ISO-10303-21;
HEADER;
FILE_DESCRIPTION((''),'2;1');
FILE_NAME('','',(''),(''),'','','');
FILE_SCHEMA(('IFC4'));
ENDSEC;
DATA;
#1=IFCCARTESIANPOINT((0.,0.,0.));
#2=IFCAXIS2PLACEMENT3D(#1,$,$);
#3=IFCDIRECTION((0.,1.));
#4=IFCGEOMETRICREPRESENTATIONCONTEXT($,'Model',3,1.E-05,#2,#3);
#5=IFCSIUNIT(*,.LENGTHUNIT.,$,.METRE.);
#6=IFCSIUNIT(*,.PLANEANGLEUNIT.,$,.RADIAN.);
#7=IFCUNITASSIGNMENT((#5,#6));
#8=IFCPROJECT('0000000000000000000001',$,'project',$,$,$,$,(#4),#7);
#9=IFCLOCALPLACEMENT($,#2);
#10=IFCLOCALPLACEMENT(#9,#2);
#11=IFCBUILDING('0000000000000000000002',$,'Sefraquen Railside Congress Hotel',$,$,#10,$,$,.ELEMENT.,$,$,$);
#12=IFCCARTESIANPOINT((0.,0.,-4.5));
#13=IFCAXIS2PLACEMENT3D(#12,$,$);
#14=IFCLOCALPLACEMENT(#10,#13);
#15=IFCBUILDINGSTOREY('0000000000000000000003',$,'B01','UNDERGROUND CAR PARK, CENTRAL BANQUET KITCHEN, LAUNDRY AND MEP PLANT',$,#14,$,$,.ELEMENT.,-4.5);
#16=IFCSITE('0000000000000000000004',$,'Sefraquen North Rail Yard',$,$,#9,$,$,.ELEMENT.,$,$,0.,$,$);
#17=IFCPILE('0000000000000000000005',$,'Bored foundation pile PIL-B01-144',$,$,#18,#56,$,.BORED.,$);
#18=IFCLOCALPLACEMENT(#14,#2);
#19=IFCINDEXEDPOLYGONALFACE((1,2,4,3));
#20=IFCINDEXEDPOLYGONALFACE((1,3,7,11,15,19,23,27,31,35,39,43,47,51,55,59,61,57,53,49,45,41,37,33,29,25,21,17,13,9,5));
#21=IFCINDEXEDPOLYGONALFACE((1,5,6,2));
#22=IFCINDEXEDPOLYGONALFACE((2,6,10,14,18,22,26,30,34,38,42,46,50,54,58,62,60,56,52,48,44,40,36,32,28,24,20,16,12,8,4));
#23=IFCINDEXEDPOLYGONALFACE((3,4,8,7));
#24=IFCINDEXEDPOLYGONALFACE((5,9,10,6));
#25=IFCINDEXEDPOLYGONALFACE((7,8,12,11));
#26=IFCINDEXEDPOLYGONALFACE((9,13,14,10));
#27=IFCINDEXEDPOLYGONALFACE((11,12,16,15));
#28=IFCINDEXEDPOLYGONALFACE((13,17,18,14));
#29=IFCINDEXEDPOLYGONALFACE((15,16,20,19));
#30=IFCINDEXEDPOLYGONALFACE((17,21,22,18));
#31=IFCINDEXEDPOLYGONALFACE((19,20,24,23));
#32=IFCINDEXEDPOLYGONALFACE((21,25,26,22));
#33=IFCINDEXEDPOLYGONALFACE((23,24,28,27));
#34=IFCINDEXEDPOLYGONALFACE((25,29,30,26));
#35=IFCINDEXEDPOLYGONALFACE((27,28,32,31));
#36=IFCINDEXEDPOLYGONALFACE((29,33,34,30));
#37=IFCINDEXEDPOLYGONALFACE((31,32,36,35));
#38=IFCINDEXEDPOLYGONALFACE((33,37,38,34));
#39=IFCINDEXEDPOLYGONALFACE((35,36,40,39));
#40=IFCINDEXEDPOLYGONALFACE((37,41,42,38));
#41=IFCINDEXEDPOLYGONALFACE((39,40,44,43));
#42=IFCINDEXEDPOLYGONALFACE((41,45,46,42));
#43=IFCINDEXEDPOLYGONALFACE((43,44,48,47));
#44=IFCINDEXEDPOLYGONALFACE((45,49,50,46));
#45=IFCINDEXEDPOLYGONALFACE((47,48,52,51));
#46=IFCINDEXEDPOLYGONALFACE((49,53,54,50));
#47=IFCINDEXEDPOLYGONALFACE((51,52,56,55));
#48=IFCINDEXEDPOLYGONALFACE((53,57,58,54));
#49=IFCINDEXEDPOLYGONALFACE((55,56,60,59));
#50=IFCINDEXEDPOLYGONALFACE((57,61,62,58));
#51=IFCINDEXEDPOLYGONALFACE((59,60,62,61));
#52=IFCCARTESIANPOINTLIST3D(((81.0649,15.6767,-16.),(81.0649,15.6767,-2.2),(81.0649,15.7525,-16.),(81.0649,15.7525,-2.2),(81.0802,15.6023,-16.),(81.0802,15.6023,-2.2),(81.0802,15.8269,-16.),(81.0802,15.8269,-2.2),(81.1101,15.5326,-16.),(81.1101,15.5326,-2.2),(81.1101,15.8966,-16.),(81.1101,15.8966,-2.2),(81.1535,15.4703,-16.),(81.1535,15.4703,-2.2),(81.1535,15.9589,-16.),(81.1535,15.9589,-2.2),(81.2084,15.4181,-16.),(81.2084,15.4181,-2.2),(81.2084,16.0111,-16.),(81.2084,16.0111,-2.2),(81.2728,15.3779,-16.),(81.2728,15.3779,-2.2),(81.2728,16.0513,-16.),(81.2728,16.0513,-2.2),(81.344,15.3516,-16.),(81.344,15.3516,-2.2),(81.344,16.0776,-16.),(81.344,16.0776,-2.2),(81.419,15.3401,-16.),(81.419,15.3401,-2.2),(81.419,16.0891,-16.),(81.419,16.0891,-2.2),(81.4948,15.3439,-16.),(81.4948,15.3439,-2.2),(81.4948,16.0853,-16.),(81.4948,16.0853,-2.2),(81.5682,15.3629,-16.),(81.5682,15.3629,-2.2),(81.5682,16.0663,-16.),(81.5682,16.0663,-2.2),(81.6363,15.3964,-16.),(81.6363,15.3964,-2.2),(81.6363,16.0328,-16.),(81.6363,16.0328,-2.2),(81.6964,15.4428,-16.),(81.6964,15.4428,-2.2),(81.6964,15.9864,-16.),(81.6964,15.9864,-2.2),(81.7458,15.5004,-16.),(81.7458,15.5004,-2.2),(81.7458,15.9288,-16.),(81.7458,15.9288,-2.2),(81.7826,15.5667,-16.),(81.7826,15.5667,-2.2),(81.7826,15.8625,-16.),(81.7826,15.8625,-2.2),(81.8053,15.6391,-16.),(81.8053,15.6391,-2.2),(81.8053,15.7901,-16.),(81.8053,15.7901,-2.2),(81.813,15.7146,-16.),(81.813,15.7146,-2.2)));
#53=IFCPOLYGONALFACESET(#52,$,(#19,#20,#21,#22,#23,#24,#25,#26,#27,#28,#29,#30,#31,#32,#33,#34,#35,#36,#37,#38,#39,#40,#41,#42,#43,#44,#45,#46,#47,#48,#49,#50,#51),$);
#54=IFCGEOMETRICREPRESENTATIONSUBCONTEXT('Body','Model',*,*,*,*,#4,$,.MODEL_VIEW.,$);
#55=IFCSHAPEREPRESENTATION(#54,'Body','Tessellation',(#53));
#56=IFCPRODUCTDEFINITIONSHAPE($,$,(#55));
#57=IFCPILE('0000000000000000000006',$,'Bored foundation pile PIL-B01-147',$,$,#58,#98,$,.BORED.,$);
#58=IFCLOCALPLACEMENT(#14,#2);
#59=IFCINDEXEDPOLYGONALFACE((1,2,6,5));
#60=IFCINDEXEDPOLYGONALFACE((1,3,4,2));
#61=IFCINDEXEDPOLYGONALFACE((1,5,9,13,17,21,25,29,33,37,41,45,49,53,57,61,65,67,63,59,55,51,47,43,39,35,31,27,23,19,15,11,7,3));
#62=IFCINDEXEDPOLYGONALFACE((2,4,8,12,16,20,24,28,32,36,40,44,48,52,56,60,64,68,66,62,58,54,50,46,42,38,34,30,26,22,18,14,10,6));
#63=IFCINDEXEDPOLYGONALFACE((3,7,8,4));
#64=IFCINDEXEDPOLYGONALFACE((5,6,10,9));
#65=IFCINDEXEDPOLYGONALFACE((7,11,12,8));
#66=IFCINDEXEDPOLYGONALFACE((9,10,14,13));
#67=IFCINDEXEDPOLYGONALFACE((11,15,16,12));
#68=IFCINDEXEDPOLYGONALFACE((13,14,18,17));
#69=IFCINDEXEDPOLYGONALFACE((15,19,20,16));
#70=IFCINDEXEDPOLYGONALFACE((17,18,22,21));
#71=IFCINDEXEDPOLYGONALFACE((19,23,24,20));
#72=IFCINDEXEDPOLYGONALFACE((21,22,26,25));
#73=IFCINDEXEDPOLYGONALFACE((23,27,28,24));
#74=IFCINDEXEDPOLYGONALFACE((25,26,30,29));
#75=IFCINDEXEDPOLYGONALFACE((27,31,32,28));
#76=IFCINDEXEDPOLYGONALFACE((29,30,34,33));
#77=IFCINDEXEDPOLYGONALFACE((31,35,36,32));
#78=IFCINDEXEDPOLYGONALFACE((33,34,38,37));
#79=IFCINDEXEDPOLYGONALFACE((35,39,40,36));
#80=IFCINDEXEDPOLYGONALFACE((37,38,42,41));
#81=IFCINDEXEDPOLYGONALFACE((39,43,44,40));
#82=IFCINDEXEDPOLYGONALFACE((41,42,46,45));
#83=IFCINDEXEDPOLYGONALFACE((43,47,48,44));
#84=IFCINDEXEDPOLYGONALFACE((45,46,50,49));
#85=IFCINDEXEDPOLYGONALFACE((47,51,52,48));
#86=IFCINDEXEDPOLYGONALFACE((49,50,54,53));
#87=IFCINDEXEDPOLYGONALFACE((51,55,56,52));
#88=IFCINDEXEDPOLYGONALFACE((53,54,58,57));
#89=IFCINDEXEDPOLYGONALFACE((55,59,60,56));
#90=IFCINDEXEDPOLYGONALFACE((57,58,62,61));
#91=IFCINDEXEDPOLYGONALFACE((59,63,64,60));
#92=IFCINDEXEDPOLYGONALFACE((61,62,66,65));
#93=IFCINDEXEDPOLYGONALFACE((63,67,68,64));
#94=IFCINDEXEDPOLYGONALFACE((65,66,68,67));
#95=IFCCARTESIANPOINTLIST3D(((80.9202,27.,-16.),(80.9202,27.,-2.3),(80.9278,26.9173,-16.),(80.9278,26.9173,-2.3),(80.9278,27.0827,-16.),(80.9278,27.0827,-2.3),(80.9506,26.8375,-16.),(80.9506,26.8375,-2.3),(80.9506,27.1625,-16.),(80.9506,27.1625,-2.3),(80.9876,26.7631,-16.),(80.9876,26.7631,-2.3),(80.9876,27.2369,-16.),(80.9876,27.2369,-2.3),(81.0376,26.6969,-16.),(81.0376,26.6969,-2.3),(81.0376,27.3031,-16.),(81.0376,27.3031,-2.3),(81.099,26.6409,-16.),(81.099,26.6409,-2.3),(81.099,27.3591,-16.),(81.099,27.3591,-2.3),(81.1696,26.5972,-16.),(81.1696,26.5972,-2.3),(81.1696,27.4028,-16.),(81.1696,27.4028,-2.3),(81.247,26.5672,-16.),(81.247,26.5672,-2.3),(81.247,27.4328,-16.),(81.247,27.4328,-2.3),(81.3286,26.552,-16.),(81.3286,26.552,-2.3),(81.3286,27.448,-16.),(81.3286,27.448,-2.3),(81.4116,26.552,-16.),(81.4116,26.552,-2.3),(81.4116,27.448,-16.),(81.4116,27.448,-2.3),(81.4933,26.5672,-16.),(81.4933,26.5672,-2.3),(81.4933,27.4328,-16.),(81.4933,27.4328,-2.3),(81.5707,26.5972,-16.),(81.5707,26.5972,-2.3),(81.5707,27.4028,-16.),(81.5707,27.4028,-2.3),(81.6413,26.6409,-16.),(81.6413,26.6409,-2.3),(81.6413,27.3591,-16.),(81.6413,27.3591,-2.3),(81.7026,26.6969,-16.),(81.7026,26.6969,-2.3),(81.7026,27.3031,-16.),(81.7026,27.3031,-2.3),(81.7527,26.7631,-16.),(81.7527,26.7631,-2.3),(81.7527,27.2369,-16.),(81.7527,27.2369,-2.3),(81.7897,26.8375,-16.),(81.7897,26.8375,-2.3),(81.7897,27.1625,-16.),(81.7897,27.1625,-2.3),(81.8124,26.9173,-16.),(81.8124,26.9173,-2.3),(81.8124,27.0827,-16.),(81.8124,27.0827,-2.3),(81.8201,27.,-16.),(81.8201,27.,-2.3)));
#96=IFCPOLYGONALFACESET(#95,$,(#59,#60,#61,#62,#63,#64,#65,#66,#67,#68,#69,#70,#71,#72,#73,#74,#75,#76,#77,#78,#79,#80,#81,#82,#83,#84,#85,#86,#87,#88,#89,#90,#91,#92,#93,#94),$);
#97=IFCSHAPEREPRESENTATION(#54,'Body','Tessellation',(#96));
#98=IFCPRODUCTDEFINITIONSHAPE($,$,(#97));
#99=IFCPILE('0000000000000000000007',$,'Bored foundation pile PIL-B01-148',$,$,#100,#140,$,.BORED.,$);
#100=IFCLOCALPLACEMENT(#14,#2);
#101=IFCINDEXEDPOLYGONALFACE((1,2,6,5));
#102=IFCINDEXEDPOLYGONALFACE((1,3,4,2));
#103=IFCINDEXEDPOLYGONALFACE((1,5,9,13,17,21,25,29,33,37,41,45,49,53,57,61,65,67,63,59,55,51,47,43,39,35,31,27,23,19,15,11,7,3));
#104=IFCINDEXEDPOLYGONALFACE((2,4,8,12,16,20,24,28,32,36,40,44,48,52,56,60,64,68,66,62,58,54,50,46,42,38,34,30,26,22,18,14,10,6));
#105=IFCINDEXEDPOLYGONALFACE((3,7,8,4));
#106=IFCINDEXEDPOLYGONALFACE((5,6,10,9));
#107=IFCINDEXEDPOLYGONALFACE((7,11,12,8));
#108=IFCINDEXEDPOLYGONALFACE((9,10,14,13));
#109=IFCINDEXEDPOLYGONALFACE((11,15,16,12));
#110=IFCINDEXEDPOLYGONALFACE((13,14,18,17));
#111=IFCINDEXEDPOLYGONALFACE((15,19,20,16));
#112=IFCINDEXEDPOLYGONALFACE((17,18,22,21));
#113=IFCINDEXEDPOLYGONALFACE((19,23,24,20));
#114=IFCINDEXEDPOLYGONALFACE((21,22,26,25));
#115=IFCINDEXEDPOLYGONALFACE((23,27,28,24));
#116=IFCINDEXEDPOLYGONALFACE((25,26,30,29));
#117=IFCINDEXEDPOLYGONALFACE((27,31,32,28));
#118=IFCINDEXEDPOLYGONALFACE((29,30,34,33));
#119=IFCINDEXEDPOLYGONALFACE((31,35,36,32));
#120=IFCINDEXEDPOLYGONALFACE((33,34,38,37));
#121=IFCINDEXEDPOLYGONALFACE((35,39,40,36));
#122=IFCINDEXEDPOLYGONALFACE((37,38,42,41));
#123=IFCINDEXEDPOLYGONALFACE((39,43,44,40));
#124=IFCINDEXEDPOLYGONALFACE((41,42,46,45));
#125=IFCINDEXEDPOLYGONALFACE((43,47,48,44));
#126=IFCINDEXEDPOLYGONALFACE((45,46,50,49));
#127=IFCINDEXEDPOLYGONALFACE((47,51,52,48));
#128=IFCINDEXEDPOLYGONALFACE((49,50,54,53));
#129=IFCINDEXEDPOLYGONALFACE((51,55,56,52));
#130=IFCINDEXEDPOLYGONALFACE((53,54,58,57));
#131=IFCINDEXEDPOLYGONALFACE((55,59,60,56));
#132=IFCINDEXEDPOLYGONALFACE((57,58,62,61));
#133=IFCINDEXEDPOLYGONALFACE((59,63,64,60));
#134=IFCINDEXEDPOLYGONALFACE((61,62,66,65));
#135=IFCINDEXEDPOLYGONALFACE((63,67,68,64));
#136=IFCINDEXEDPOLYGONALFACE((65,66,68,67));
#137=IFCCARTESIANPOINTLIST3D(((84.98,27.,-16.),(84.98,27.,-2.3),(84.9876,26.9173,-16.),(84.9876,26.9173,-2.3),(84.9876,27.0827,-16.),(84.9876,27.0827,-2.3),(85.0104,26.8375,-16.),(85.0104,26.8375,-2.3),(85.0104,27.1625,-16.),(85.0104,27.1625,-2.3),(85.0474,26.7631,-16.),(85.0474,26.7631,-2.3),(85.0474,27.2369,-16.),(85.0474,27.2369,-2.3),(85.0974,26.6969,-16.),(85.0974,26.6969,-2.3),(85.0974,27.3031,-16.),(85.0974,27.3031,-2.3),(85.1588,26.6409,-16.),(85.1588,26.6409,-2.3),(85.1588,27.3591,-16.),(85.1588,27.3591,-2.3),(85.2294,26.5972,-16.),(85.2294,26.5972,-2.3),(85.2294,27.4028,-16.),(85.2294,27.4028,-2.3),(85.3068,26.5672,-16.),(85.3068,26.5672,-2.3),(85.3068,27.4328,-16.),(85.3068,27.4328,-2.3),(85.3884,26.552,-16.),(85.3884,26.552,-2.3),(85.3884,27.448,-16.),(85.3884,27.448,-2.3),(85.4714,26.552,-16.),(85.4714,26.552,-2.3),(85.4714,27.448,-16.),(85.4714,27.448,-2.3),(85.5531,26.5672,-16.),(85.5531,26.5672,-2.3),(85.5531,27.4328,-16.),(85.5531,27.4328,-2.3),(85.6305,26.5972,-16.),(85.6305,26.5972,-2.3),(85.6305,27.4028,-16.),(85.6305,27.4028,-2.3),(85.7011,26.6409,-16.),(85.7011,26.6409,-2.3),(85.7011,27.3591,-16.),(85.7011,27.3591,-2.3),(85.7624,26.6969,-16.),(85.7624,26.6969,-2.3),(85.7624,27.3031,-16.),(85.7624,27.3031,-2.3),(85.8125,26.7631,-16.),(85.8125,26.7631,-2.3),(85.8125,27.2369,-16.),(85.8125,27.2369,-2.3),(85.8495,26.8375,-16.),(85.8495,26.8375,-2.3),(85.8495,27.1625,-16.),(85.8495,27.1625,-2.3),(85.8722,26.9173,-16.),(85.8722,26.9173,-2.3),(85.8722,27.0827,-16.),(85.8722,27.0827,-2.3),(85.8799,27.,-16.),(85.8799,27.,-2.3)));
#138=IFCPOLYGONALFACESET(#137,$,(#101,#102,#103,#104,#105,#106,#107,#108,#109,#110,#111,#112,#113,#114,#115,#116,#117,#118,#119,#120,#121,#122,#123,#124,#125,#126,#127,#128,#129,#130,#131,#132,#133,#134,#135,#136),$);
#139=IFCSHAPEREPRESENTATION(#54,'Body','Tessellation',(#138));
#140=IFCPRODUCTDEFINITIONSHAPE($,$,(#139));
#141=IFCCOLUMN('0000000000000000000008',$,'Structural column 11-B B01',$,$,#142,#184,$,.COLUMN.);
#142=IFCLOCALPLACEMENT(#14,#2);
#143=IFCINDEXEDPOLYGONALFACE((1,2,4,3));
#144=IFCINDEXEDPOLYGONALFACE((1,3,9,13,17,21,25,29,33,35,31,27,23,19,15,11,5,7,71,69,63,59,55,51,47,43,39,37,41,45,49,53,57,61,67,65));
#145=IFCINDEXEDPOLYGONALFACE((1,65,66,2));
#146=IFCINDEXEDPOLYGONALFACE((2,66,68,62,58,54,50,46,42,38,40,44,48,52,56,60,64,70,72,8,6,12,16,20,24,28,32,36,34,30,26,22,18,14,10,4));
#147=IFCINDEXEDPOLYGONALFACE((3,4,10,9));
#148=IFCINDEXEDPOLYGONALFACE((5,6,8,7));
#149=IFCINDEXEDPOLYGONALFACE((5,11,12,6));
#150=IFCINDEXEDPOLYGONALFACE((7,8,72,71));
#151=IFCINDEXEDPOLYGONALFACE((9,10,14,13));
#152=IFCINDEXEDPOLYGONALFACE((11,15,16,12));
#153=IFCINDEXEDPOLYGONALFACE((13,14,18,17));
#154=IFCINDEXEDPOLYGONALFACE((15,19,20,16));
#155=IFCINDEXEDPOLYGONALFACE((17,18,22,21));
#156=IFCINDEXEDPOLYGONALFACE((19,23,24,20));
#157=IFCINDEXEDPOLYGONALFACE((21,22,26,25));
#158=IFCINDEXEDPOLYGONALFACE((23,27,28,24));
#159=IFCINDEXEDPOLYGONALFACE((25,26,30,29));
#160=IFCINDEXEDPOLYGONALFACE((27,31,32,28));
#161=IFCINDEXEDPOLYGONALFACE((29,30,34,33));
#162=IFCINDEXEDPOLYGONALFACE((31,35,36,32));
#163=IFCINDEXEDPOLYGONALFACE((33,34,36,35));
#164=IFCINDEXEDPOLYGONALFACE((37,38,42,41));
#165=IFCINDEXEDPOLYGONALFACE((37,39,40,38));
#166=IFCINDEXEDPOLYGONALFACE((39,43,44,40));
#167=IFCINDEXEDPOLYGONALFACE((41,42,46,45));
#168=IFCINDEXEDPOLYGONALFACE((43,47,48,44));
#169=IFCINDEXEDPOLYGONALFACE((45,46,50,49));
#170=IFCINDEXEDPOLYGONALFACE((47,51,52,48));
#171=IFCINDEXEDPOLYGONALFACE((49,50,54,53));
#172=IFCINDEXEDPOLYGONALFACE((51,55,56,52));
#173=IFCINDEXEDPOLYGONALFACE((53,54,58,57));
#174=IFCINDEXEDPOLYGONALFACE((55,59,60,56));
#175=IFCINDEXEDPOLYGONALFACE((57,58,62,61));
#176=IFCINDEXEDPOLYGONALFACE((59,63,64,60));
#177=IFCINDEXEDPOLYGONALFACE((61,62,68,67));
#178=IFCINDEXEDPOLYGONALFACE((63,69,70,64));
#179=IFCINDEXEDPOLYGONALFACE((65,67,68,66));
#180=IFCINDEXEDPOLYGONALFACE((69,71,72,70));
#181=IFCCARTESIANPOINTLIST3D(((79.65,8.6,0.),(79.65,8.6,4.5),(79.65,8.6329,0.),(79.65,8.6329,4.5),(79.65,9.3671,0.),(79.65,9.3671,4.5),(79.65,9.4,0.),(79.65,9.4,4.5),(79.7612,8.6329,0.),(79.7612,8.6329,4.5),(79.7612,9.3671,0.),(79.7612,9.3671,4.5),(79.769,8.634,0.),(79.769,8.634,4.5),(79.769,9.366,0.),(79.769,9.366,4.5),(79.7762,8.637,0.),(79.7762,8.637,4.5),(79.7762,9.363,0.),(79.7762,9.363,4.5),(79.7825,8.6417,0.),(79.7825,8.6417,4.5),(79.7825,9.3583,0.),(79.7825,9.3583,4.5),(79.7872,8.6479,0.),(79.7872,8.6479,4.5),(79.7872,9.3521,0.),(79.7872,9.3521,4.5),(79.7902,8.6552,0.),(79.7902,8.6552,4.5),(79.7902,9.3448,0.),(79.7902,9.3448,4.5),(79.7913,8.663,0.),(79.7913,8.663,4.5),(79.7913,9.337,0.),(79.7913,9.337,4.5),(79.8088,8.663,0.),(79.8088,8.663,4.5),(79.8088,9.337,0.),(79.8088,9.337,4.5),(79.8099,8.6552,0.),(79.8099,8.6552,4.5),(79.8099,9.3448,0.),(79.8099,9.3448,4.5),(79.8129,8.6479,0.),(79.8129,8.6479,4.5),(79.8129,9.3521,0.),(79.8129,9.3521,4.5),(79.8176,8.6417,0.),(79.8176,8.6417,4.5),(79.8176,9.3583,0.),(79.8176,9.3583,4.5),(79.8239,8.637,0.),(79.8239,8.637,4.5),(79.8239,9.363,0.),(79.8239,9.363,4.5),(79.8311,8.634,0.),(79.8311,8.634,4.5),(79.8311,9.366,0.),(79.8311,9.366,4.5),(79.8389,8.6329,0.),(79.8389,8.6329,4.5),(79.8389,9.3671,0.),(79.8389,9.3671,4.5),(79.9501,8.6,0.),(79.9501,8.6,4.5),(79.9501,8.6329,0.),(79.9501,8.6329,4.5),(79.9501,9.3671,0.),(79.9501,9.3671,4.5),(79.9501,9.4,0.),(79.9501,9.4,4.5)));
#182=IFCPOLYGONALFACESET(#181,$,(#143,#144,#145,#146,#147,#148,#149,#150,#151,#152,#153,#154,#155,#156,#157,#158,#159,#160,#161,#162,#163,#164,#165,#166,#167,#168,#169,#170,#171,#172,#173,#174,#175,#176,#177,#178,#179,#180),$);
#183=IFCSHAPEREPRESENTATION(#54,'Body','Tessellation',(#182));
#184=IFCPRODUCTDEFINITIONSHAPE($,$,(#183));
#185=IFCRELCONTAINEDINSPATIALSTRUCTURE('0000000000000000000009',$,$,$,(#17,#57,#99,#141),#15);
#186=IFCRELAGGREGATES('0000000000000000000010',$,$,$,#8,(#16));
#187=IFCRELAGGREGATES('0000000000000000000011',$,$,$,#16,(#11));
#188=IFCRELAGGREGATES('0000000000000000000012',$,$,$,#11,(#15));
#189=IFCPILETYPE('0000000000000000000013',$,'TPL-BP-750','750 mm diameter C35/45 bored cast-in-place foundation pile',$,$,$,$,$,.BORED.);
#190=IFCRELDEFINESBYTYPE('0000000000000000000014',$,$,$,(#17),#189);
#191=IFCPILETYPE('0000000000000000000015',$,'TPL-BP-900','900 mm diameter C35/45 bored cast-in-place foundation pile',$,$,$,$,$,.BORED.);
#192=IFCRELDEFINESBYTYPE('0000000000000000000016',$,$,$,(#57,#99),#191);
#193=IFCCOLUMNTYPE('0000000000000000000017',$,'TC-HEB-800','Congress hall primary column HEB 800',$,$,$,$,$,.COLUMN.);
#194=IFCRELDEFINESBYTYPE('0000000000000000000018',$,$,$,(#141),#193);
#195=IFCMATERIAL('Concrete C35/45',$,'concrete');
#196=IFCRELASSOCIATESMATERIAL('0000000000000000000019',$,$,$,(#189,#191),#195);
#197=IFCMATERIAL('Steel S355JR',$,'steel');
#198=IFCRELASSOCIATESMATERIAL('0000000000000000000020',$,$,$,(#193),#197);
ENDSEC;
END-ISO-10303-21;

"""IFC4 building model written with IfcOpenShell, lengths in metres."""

from ifc_helpers import new_model, si_unit, direction, frame, origin, origin_2d, place, context, subcontext, project, spatial, circle, i_section, extrude, material, material_profile, profile_set, type_object, element, save


model = new_model("IFC4")

# Units and contexts
model_context = context("Model", 3, precision=1e-05, world=origin(), true_north=direction((0.0, 1.0)))
body_context = subcontext(model_context, "Body", "Model", "MODEL_VIEW")
ifc_project = project(units=[si_unit("LENGTHUNIT", "METRE"), si_unit("PLANEANGLEUNIT", "RADIAN")], contexts=[model_context])

# Site, building, storey
site_placement = place(None, origin())
site = spatial("IfcSite", under=ifc_project, at=site_placement, Name="Sefraquen North Rail Yard", CompositionType="ELEMENT", RefElevation=0.0)
building_placement = place(site_placement, origin())
building = spatial("IfcBuilding", under=site, at=building_placement, Name="Sefraquen Railside Congress Hotel", CompositionType="ELEMENT")
storey_placement = place(building_placement, frame((0.0, 0.0, -4.5)))
storey = spatial("IfcBuildingStorey", under=building, at=storey_placement, Name="B01", Description="UNDERGROUND CAR PARK, CENTRAL BANQUET KITCHEN, LAUNDRY AND MEP PLANT", CompositionType="ELEMENT", Elevation=-4.5)

# Piles
ifc_material_1 = material(Name="Concrete C35/45", Category="concrete")
ifc_material_profile_1 = material_profile(ifc_material_1, circle(Radius=0.375, at=origin_2d()), Name="BORED PILE 750")
ifc_profile_set_1 = profile_set([ifc_material_profile_1], Name="Concrete C35/45")
pile_type_1 = type_object("IfcPileType", Name="TPL-BP-750", Description="750 mm diameter C35/45 bored cast-in-place foundation pile", PredefinedType="BORED", material=ifc_profile_set_1)
for number, where, z_axis, x_axis, name in (
    (1, (81.438, 15.7146, -2.2), (0.0, 0.0, -1.0), (1.0, 0.0, 0.0), "Bored foundation pile PIL-B01-144"),
):
    element("IfcPile", number, at=place(storey_placement, frame(where, z_axis=z_axis, x_axis=x_axis)), inside=storey, type_object=pile_type_1, Name=name, PredefinedType="BORED", context=body_context, shape_type="SweptSolid", body=[
        extrude(circle(Radius=0.375, at=origin_2d()), origin(), (0.0, 0.0, 1.0), 13.8),
    ])
ifc_material_profile_2 = material_profile(ifc_material_1, circle(Radius=0.45, at=origin_2d()), Name="BORED PILE 900")
ifc_profile_set_2 = profile_set([ifc_material_profile_2], Name="Concrete C35/45")
pile_type_2 = type_object("IfcPileType", Name="TPL-BP-900", Description="900 mm diameter C35/45 bored cast-in-place foundation pile", PredefinedType="BORED", material=ifc_profile_set_2)
for number, where, z_axis, x_axis, name in (
    (2, (81.3701, 27.0, -2.3), (0.0, 0.0, -1.0), (1.0, 0.0, 0.0), "Bored foundation pile PIL-B01-147"),
    (3, (85.4299, 27.0, -2.3), (0.0, 0.0, -1.0), (1.0, 0.0, 0.0), "Bored foundation pile PIL-B01-148"),
):
    element("IfcPile", number, at=place(storey_placement, frame(where, z_axis=z_axis, x_axis=x_axis)), inside=storey, type_object=pile_type_2, Name=name, PredefinedType="BORED", context=body_context, shape_type="SweptSolid", body=[
        extrude(circle(Radius=0.45, at=origin_2d()), origin(), (0.0, 0.0, 1.0), 13.7),
    ])

# Column
ifc_material_2 = material(Name="Steel S355JR", Category="steel")
ifc_material_profile_3 = material_profile(ifc_material_2, i_section(OverallWidth=0.3, OverallDepth=0.8, WebThickness=0.0176, FlangeThickness=0.033, FilletRadius=0.03, at=origin_2d()), Name="HEB 800")
ifc_profile_set_3 = profile_set([ifc_material_profile_3], Name="Steel S355JR")
column_type_1 = type_object("IfcColumnType", Name="TC-HEB-800", Description="Congress hall primary column HEB 800", PredefinedType="COLUMN", material=ifc_profile_set_3)
for number, where, z_axis, x_axis, name in (
    (4, (79.8, 9.0, 0.0), (0.0, 0.0, 1.0), (1.0, 0.0, 0.0), "Structural column 11-B B01"),
):
    element("IfcColumn", number, at=place(storey_placement, frame(where, z_axis=z_axis, x_axis=x_axis)), inside=storey, type_object=column_type_1, Name=name, PredefinedType="COLUMN", context=body_context, shape_type="SweptSolid", body=[
        extrude(i_section(OverallWidth=0.3, OverallDepth=0.8, WebThickness=0.0176, FlangeThickness=0.033, FilletRadius=0.03, at=origin_2d()), origin(), (0.0, 0.0, 1.0), 4.5),
    ])

save(model, "model.ifc")
